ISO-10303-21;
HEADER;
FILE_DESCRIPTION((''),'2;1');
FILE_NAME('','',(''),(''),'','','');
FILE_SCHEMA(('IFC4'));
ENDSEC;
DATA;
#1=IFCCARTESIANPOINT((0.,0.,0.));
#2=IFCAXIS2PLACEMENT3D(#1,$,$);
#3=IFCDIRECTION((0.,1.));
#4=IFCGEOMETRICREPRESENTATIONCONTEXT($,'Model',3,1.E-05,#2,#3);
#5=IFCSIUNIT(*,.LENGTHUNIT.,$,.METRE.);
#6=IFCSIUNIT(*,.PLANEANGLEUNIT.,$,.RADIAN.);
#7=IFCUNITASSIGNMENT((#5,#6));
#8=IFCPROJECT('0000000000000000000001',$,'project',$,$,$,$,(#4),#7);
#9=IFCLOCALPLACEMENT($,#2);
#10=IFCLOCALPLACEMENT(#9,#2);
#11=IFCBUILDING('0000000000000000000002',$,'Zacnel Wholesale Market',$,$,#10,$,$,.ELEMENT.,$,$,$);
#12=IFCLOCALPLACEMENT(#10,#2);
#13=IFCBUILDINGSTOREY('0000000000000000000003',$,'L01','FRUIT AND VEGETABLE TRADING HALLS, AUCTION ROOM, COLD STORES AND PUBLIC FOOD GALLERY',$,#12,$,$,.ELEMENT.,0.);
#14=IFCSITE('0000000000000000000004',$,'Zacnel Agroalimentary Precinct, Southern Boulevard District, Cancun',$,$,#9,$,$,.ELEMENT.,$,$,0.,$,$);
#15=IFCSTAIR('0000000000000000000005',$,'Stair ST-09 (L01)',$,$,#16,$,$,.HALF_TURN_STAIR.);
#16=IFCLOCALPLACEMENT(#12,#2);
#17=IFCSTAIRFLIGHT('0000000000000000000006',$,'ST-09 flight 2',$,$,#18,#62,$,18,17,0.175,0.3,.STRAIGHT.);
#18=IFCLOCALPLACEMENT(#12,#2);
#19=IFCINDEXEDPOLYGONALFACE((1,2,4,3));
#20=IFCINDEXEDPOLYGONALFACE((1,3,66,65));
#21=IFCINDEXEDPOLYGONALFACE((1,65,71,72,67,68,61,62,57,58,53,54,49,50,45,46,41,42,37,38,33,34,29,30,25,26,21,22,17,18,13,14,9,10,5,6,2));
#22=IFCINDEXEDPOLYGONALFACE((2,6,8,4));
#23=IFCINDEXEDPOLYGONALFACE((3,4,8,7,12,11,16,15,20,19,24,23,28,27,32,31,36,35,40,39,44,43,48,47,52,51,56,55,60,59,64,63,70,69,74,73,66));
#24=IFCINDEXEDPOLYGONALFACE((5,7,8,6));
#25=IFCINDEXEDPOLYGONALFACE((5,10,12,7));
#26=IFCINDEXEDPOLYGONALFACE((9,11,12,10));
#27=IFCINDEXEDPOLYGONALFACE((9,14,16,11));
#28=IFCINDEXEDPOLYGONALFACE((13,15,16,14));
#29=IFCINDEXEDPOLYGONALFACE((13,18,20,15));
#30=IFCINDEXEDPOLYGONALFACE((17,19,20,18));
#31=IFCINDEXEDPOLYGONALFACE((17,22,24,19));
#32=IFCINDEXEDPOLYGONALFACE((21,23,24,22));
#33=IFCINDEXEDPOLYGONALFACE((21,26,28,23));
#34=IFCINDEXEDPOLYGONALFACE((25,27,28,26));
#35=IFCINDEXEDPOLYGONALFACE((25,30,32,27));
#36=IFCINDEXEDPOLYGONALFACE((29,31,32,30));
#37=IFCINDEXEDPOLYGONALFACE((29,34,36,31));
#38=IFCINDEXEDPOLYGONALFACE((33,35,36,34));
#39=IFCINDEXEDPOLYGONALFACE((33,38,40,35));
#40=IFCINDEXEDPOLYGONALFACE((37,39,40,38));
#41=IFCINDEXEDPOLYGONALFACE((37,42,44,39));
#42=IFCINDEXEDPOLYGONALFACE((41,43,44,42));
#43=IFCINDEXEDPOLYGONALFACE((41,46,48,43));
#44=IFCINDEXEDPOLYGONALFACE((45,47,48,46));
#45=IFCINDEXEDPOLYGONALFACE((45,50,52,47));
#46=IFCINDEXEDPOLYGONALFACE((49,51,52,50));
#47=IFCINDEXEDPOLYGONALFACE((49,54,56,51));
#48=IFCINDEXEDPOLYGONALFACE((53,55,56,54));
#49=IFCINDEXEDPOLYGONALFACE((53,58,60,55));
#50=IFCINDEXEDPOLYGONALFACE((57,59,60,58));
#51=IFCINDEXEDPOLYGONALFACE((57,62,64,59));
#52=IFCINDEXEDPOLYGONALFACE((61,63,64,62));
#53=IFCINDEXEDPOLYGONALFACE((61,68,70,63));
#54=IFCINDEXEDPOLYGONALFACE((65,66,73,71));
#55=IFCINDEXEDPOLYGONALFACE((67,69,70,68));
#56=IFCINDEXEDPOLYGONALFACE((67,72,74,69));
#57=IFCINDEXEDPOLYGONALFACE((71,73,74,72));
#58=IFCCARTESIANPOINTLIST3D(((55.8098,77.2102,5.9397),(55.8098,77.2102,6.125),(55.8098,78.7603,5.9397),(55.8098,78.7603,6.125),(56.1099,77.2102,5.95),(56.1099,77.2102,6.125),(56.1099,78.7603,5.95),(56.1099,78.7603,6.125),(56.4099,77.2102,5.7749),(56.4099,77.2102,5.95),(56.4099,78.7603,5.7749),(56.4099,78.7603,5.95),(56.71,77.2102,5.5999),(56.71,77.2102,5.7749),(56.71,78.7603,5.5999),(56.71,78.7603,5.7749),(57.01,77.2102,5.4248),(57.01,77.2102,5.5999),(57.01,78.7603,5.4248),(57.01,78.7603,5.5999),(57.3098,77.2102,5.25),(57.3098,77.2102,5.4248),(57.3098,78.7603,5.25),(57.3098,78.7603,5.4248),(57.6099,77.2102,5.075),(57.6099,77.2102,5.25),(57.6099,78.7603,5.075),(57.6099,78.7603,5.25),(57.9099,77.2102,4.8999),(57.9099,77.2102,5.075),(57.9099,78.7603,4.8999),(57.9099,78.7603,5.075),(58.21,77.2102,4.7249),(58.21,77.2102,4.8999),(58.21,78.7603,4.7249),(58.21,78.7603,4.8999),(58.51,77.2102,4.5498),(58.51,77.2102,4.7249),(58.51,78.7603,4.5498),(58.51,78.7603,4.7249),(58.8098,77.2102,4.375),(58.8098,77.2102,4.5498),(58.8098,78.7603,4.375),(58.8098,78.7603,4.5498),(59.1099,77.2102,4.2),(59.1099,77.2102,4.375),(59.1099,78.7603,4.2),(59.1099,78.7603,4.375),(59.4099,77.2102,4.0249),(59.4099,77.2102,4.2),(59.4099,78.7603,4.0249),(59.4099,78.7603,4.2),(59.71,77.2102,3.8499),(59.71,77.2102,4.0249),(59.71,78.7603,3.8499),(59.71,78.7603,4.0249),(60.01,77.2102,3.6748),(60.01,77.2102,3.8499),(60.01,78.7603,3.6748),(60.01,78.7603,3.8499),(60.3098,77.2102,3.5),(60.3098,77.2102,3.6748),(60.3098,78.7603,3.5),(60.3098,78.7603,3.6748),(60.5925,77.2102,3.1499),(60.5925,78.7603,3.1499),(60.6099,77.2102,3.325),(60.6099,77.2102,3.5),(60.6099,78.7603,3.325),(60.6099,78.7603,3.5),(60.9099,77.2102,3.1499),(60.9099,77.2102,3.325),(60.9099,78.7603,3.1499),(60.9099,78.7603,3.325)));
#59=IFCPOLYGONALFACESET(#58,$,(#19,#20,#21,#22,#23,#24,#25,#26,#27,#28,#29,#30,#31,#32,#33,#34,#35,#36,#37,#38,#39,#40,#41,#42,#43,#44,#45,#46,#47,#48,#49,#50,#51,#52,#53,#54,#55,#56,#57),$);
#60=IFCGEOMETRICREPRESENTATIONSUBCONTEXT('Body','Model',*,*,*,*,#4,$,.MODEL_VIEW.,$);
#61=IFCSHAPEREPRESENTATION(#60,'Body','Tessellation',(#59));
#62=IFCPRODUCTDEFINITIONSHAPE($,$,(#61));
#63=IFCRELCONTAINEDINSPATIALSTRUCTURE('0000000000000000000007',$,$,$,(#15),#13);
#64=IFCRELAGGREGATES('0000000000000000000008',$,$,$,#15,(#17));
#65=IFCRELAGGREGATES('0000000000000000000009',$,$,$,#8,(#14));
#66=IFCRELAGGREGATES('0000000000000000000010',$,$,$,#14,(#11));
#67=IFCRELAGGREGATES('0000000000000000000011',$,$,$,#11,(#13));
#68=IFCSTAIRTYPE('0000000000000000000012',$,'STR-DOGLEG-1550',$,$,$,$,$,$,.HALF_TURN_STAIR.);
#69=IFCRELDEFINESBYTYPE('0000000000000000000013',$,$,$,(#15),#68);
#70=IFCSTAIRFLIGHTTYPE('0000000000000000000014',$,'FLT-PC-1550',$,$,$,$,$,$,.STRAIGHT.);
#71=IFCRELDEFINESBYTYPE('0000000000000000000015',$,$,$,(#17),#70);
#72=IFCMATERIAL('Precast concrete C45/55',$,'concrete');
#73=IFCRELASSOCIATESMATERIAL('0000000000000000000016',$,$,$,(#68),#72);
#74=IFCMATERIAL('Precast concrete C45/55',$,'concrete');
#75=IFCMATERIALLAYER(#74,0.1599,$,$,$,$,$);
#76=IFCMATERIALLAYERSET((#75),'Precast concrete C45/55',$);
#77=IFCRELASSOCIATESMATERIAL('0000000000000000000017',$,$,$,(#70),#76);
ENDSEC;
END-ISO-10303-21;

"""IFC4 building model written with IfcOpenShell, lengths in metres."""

from ifc_helpers import new_model, si_unit, direction, frame, origin, place, context, subcontext, project, spatial, polyline, outline, extrude, material, layer, layer_set, type_object, element, aggregate, save


model = new_model("IFC4")

# Units and contexts
model_context = context("Model", 3, precision=1e-05, world=origin(), true_north=direction((0.0, 1.0)))
body_context = subcontext(model_context, "Body", "Model", "MODEL_VIEW")
ifc_project = project(units=[si_unit("LENGTHUNIT", "METRE"), si_unit("PLANEANGLEUNIT", "RADIAN")], contexts=[model_context])

# Site, building, storey
site_placement = place(None, origin())
site = spatial("IfcSite", under=ifc_project, at=site_placement, Name="Zacnel Agroalimentary Precinct, Southern Boulevard District, Cancun", CompositionType="ELEMENT", RefElevation=0.0)
building_placement = place(site_placement, origin())
building = spatial("IfcBuilding", under=site, at=building_placement, Name="Zacnel Wholesale Market", CompositionType="ELEMENT")
storey_placement = place(building_placement, origin())
storey = spatial("IfcBuildingStorey", under=building, at=storey_placement, Name="L01", Description="FRUIT AND VEGETABLE TRADING HALLS, AUCTION ROOM, COLD STORES AND PUBLIC FOOD GALLERY", CompositionType="ELEMENT", Elevation=0.0)

# Stair, stair flight
ifc_material_1 = material(Name="Precast concrete C45/55", Category="concrete")
stair_type = type_object("IfcStairType", Name="STR-DOGLEG-1550", PredefinedType="HALF_TURN_STAIR", material=ifc_material_1)
stair_placement = place(storey_placement, origin())
stair = element("IfcStair", 1, at=stair_placement, inside=storey, type_object=stair_type, Name="Stair ST-09 (L01)", PredefinedType="HALF_TURN_STAIR")
ifc_material_2 = material(Name="Precast concrete C45/55", Category="concrete")
ifc_layer_1 = layer(ifc_material_2, 0.1599)
ifc_layer_set_1 = layer_set([ifc_layer_1], Name="Precast concrete C45/55")
stair_flight_type = type_object("IfcStairFlightType", Name="FLT-PC-1550", PredefinedType="STRAIGHT", material=ifc_layer_set_1)
stair_flight_1_placement = place(storey_placement, frame((60.9099, 77.9851, 3.1499), z_axis=(0.0, 0.0, 1.0), x_axis=(-1.0, 0.0, 0.0)))
stair_flight_1 = element("IfcStairFlight", 2, at=stair_flight_1_placement, type_object=stair_flight_type, Name="ST-09 flight 2", NumberOfRisers=18, NumberOfTreads=17, PredefinedType="STRAIGHT", RiserHeight=0.175, TreadLength=0.3, context=body_context, shape_type="SweptSolid", body=[
    extrude(outline(polyline([(0.0, 0.0), (0.0, 0.175), (0.3, 0.175), (0.3, 0.3501), (0.6001, 0.3501), (0.6001, 0.5249), (0.8999, 0.5249), (0.8999, 0.7), (1.2, 0.7), (1.2, 0.875), (1.5, 0.875), (1.5, 1.05), (1.8, 1.05), (1.8, 1.2251), (2.1001, 1.2251), (2.1001, 1.3999), (2.3999, 1.3999), (2.3999, 1.575), (2.7, 1.575), (2.7, 1.75), (3.0, 1.75), (3.0, 1.925), (3.3, 1.925), (3.3, 2.1001), (3.6001, 2.1001), (3.6001, 2.2749), (3.8999, 2.2749), (3.8999, 2.45), (4.2, 2.45), (4.2, 2.625), (4.5, 2.625), (4.5, 2.8), (4.8, 2.8), (4.8, 2.9751), (5.1001, 2.9751), (5.1001, 3.1499), (5.1001, 2.7898), (0.3174, 0.0), (0.0, 0.0)])), frame((0.0, 0.7749, 0.0), z_axis=(0.0, -1.0, 0.0), x_axis=(1.0, 0.0, 0.0)), (0.0, 0.0, 1.0), 1.55),
])
aggregate(stair, [stair_flight_1])

save(model, "model.ifc")
